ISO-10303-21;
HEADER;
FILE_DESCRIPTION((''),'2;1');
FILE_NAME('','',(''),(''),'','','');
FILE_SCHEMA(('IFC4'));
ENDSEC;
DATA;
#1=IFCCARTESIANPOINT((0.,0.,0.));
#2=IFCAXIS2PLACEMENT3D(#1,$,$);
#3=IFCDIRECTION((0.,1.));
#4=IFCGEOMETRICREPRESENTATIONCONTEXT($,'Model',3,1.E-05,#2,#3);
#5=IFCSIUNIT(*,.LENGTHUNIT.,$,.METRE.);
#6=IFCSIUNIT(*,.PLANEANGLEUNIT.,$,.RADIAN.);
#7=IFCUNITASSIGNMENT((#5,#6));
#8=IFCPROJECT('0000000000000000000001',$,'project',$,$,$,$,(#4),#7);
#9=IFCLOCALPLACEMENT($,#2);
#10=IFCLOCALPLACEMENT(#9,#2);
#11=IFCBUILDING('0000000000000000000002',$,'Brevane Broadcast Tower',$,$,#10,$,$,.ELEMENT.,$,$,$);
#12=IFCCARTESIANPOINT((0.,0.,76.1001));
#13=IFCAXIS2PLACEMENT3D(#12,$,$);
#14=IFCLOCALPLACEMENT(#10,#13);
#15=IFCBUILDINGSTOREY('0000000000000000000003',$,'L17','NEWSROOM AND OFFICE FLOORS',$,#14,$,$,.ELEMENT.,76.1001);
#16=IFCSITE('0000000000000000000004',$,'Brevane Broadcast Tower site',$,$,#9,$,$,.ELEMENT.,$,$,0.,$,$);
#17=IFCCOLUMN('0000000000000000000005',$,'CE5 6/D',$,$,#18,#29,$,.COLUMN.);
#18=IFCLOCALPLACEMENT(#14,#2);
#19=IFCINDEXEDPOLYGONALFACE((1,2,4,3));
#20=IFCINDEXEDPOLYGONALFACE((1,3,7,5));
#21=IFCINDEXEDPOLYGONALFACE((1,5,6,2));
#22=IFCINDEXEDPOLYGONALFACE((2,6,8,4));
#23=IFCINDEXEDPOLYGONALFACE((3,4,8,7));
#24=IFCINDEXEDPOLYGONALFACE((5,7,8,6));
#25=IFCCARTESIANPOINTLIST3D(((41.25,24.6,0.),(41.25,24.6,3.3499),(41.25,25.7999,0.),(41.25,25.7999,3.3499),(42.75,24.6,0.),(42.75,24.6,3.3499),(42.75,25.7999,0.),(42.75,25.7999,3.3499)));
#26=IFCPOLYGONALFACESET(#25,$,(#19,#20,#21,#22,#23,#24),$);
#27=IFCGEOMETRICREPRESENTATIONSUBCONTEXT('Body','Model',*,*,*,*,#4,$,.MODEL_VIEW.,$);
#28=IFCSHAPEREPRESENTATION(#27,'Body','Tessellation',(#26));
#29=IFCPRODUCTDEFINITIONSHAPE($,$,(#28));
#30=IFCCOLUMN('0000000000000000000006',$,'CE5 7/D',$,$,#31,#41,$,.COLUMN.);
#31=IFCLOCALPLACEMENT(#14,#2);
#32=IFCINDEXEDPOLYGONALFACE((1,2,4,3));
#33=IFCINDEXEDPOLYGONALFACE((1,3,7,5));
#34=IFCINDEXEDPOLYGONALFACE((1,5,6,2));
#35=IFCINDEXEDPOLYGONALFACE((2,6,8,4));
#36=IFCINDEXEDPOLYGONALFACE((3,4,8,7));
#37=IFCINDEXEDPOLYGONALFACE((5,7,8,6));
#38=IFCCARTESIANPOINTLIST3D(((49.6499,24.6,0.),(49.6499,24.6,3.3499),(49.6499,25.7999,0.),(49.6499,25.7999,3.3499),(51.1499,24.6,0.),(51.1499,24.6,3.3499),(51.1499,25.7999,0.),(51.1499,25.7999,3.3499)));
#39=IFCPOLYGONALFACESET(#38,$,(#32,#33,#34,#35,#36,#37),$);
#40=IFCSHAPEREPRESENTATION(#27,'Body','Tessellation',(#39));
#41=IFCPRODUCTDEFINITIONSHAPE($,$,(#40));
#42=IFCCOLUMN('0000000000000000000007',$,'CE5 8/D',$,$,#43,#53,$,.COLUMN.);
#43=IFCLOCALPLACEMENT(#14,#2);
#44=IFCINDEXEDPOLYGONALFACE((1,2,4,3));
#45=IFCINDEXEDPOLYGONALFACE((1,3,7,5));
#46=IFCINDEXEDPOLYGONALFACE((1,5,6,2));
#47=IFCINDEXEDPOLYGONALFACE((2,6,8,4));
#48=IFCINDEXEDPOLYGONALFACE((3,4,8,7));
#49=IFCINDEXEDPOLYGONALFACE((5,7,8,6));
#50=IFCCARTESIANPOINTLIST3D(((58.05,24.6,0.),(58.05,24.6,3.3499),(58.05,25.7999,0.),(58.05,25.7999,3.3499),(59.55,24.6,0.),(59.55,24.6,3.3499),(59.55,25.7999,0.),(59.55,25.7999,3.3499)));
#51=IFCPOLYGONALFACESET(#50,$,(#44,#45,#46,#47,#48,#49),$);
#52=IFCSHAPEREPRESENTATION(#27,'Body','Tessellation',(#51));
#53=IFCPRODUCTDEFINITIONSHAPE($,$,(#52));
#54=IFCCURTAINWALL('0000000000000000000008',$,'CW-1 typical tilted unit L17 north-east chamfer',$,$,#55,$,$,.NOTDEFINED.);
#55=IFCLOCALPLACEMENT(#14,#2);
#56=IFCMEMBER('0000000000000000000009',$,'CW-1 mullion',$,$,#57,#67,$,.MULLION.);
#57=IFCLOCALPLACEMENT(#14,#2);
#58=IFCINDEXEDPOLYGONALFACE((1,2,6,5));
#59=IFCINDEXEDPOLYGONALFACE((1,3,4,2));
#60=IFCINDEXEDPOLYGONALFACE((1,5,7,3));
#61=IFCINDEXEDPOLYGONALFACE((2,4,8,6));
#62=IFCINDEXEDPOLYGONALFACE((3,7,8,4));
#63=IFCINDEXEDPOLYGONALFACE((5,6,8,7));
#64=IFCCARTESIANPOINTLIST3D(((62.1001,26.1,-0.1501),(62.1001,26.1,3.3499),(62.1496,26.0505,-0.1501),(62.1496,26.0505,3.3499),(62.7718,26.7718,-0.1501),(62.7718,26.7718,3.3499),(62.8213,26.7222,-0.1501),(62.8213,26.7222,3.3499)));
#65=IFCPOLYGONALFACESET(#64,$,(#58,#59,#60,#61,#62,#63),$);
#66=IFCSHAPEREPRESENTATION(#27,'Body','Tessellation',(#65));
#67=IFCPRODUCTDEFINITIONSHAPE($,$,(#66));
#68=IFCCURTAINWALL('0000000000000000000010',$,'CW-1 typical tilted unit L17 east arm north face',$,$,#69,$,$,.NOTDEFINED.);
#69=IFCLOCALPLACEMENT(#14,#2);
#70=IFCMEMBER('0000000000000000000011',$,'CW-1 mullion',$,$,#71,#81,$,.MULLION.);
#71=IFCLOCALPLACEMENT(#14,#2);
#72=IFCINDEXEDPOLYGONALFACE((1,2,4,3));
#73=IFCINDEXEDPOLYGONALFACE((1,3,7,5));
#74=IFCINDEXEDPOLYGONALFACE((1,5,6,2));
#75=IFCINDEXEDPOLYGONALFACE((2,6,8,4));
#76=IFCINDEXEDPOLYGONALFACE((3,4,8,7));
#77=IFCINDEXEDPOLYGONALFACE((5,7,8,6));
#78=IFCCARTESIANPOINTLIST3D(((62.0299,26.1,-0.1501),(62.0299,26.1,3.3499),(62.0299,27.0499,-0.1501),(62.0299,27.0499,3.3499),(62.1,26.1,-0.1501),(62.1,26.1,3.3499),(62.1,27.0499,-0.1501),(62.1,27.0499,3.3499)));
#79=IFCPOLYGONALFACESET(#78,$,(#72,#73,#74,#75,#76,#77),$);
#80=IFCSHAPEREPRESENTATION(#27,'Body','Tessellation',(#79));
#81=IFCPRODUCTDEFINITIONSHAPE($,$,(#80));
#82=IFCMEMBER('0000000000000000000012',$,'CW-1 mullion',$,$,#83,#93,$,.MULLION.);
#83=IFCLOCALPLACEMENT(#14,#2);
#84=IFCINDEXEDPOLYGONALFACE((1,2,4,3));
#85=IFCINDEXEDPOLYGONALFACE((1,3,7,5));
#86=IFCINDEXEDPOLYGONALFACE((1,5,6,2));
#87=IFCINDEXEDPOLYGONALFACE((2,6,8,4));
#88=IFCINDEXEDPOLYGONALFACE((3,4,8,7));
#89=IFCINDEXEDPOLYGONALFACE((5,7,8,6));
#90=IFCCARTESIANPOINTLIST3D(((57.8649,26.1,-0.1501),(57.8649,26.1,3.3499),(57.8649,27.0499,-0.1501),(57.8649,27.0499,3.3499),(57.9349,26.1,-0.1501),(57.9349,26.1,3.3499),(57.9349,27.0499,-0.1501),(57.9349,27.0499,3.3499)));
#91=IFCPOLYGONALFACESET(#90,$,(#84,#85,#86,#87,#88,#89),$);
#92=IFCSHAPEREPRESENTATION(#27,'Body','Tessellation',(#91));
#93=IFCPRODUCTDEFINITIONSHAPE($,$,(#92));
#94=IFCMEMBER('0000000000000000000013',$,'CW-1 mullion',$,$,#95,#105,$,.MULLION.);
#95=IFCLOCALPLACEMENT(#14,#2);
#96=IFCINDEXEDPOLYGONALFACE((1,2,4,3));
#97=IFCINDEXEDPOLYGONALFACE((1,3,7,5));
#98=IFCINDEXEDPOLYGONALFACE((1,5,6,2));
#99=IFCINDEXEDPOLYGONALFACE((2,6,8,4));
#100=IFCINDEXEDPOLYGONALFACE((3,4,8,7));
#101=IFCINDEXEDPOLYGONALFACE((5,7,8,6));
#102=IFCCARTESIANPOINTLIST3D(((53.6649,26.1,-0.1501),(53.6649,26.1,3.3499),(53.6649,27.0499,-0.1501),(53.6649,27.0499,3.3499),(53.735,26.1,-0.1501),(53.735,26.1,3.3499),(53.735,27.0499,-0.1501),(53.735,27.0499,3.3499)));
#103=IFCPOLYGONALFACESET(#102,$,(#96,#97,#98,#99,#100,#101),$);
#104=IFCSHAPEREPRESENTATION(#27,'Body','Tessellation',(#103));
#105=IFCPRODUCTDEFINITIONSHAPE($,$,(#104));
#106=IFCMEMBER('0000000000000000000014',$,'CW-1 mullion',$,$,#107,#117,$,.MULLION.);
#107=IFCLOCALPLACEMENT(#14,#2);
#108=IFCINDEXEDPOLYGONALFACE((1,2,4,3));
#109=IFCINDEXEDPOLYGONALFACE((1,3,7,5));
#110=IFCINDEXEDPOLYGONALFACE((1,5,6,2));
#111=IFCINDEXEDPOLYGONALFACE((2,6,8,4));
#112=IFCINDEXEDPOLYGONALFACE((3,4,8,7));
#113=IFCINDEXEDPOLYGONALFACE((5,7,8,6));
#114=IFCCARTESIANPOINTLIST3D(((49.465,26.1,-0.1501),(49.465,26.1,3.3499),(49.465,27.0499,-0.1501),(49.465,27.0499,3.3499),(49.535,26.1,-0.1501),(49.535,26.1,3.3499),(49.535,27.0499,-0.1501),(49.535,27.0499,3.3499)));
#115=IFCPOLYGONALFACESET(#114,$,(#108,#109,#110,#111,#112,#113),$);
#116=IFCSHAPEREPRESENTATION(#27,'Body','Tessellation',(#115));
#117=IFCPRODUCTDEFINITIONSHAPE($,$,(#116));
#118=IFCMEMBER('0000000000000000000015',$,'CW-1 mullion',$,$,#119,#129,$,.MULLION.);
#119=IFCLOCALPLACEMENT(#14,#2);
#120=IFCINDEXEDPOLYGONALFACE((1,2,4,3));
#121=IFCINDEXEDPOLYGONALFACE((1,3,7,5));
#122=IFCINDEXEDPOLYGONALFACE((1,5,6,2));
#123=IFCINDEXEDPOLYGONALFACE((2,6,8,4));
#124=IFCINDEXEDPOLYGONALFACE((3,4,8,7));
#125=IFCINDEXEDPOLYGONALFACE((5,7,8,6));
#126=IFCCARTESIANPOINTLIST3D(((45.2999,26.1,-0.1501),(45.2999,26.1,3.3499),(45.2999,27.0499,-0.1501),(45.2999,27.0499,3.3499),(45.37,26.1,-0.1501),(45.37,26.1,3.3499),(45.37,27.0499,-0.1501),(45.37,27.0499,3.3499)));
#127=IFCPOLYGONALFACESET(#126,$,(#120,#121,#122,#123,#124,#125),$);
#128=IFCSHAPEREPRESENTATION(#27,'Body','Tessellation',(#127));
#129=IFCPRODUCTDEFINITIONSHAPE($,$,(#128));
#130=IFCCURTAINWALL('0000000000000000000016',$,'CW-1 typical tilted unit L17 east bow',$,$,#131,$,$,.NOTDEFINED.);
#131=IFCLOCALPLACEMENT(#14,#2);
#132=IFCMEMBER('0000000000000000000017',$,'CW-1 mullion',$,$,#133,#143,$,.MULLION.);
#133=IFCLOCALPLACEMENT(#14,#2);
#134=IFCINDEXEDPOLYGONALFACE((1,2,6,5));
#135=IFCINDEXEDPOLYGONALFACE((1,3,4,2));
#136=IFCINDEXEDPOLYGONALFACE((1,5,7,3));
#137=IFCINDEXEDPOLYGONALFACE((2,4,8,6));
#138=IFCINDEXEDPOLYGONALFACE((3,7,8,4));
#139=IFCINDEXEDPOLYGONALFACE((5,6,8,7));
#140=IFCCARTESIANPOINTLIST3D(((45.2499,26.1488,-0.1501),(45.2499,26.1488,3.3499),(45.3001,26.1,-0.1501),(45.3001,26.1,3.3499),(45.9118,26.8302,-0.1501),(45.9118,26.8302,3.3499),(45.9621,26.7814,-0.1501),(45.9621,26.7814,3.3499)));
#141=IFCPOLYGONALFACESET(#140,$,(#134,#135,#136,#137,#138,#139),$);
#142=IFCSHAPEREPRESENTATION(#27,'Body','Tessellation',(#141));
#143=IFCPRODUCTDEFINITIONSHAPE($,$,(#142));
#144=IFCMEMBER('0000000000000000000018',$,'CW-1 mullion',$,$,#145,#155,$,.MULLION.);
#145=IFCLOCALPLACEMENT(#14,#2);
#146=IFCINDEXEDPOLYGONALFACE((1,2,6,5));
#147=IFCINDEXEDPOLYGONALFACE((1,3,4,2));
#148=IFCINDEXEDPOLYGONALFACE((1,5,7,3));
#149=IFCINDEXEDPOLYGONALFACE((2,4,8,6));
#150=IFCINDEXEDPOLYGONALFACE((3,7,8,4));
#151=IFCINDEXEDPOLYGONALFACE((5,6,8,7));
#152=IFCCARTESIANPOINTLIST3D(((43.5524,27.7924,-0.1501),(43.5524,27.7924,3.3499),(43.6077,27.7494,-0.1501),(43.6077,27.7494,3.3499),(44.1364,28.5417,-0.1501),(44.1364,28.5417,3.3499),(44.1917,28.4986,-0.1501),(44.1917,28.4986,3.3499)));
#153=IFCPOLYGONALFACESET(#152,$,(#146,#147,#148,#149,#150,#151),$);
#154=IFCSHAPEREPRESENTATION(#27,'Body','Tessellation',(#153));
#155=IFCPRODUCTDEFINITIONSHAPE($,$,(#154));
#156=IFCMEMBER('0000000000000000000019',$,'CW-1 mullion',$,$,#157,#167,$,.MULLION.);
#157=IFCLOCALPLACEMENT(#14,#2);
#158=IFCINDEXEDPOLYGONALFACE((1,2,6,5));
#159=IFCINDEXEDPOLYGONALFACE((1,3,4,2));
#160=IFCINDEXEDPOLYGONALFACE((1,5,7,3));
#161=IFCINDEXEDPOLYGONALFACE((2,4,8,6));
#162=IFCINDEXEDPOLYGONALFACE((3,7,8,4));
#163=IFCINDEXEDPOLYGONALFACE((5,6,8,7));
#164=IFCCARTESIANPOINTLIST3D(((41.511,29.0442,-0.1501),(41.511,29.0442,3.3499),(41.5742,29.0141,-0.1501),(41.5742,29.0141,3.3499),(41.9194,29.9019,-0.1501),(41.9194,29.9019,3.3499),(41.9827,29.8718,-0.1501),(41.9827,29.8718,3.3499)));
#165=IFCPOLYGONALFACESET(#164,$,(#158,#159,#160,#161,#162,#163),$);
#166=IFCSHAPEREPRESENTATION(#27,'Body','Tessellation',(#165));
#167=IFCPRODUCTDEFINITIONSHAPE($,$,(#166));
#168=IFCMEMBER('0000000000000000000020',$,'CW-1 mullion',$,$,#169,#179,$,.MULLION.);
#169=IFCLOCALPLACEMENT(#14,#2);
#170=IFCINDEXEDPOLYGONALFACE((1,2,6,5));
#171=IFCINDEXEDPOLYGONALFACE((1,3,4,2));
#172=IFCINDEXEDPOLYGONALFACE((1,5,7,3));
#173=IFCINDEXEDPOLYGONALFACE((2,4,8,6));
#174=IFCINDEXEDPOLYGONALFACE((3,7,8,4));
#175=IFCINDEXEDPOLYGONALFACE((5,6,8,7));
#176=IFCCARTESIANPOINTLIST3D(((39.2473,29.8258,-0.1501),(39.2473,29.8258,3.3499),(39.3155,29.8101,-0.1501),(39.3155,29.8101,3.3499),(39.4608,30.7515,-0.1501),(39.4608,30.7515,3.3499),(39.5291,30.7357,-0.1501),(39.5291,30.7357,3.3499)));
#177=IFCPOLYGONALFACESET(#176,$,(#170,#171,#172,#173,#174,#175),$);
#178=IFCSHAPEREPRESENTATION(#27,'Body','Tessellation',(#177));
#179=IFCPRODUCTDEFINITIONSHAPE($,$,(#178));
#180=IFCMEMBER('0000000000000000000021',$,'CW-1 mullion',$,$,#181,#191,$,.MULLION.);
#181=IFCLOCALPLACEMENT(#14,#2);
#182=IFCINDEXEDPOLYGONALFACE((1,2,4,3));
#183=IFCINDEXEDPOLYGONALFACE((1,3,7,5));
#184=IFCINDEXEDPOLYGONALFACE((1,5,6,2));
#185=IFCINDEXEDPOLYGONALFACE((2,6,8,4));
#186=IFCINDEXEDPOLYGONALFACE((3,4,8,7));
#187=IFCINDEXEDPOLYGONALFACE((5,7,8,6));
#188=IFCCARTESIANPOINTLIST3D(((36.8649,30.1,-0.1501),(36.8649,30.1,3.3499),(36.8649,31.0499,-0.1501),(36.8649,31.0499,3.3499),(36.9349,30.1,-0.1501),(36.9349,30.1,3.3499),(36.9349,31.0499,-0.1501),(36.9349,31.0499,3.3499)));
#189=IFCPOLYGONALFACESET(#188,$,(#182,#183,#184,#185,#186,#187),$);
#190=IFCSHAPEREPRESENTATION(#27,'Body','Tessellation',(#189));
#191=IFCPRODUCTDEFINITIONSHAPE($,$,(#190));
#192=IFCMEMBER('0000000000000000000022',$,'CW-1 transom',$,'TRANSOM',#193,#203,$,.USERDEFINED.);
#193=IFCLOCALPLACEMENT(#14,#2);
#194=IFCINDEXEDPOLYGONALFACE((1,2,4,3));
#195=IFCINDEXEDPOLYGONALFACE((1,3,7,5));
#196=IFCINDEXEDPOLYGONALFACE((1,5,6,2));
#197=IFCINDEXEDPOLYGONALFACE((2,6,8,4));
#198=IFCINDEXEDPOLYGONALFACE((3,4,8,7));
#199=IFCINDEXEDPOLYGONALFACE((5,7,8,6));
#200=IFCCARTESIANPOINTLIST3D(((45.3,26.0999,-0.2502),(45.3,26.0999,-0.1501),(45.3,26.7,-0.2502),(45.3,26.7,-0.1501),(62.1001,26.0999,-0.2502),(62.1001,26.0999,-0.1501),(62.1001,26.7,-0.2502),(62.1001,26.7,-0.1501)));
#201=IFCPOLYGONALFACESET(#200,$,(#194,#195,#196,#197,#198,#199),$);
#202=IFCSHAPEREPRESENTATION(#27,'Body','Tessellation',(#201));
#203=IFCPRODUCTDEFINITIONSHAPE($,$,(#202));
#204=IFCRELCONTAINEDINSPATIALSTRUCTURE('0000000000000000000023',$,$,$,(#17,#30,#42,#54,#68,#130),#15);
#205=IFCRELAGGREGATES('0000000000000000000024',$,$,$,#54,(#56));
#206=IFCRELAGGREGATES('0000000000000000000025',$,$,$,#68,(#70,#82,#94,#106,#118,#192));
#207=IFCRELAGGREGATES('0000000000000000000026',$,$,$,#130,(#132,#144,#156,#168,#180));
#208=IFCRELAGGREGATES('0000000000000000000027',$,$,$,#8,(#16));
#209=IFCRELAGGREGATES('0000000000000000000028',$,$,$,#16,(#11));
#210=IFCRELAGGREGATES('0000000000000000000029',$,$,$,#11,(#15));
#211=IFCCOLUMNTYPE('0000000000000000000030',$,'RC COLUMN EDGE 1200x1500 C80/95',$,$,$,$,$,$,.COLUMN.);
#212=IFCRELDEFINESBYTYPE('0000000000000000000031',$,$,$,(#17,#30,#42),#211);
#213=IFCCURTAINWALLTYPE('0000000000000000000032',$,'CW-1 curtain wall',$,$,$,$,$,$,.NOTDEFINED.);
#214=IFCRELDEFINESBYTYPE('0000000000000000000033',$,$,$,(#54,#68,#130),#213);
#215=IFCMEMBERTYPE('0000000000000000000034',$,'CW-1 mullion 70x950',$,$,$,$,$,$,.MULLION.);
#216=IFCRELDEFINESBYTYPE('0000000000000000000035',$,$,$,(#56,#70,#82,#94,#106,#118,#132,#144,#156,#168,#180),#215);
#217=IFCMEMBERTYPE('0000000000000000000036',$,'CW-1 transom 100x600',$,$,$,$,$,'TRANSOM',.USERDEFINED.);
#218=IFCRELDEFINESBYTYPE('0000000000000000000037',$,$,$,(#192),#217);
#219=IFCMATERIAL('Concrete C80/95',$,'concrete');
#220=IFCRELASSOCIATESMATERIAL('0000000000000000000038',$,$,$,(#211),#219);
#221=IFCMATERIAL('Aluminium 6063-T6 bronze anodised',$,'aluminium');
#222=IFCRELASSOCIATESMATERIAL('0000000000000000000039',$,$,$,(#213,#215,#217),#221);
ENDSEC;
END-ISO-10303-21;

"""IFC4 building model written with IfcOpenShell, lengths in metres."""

from ifc_helpers import new_model, si_unit, direction, frame, origin, origin_2d, place, context, subcontext, project, spatial, rectangle, extrude, material, material_profile, profile_set, type_object, element, aggregate, save


model = new_model("IFC4")

# Units and contexts
model_context = context("Model", 3, precision=1e-05, world=origin(), true_north=direction((0.0, 1.0)))
body_context = subcontext(model_context, "Body", "Model", "MODEL_VIEW")
ifc_project = project(units=[si_unit("LENGTHUNIT", "METRE"), si_unit("PLANEANGLEUNIT", "RADIAN")], contexts=[model_context])

# Site, building, storey
site_placement = place(None, origin())
site = spatial("IfcSite", under=ifc_project, at=site_placement, Name="Brevane Broadcast Tower site", CompositionType="ELEMENT", RefElevation=0.0)
building_placement = place(site_placement, origin())
building = spatial("IfcBuilding", under=site, at=building_placement, Name="Brevane Broadcast Tower", CompositionType="ELEMENT")
storey_placement = place(building_placement, frame((0.0, 0.0, 76.1001)))
storey = spatial("IfcBuildingStorey", under=building, at=storey_placement, Name="L17", Description="NEWSROOM AND OFFICE FLOORS", CompositionType="ELEMENT", Elevation=76.1001)

# Columns
ifc_material_1 = material(Name="Concrete C80/95", Category="concrete")
ifc_material_profile_1 = material_profile(ifc_material_1, rectangle(XDim=1.2, YDim=1.5, at=origin_2d()), Name="RC 1200x1500")
ifc_profile_set_1 = profile_set([ifc_material_profile_1], Name="Concrete C80/95")
column_type = type_object("IfcColumnType", Name="RC COLUMN EDGE 1200x1500 C80/95", PredefinedType="COLUMN", material=ifc_profile_set_1)
for number, where, z_axis, x_axis, name in (
    (1, (42.0, 25.2, 0.0), (0.0, 0.0, 1.0), (0.0, 1.0, 0.0), "CE5 6/D"),
    (2, (50.3999, 25.2, 0.0), (0.0, 0.0, 1.0), (0.0, 1.0, 0.0), "CE5 7/D"),
    (3, (58.8, 25.2, 0.0), (0.0, 0.0, 1.0), (0.0, 1.0, 0.0), "CE5 8/D"),
):
    element("IfcColumn", number, at=place(storey_placement, frame(where, z_axis=z_axis, x_axis=x_axis)), inside=storey, type_object=column_type, Name=name, PredefinedType="COLUMN", context=body_context, shape_type="SweptSolid", body=[
        extrude(rectangle(XDim=1.2, YDim=1.5, at=origin_2d()), origin(), (0.0, 0.0, 1.0), 3.3499),
    ])

# Curtain wall, member
ifc_material_2 = material(Name="Aluminium 6063-T6 bronze anodised", Category="aluminium")
curtain_wall_type = type_object("IfcCurtainWallType", Name="CW-1 curtain wall", PredefinedType="NOTDEFINED", material=ifc_material_2)
curtain_wall_1_placement = place(storey_placement, origin())
curtain_wall_1 = element("IfcCurtainWall", 4, at=curtain_wall_1_placement, inside=storey, type_object=curtain_wall_type, Name="CW-1 typical tilted unit L17 north-east chamfer", PredefinedType="NOTDEFINED")
ifc_material_profile_2 = material_profile(ifc_material_2, rectangle(XDim=0.95, YDim=0.0701, at=origin_2d()), Name="RECT 70x950")
ifc_profile_set_2 = profile_set([ifc_material_profile_2], Name="Aluminium 6063-T6 bronze anodised")
member_type_1 = type_object("IfcMemberType", Name="CW-1 mullion 70x950", PredefinedType="MULLION", material=ifc_profile_set_2)
member_1_placement = place(storey_placement, frame((62.4607, 26.4111, -0.1501), z_axis=(0.0, 0.0, 1.0), x_axis=(-0.707107, -0.707107, 0.0)))
member_1 = element("IfcMember", 5, at=member_1_placement, type_object=member_type_1, Name="CW-1 mullion", PredefinedType="MULLION", context=body_context, shape_type="SweptSolid", body=[
    extrude(rectangle(XDim=0.95, YDim=0.0701, at=origin_2d()), origin(), (0.0, 0.0, 1.0), 3.5),
])
aggregate(curtain_wall_1, [member_1])

# Curtain walls, members
curtain_wall_2_placement = place(storey_placement, origin())
curtain_wall_2 = element("IfcCurtainWall", 6, at=curtain_wall_2_placement, inside=storey, type_object=curtain_wall_type, Name="CW-1 typical tilted unit L17 east arm north face", PredefinedType="NOTDEFINED")
member_2_placement = place(storey_placement, frame((62.0649, 26.575, -0.1501), z_axis=(0.0, 0.0, 1.0), x_axis=(0.0, -1.0, 0.0)))
member_2 = element("IfcMember", 7, at=member_2_placement, type_object=member_type_1, Name="CW-1 mullion", PredefinedType="MULLION", context=body_context, shape_type="SweptSolid", body=[
    extrude(rectangle(XDim=0.95, YDim=0.0701, at=origin_2d()), origin(), (0.0, 0.0, 1.0), 3.5),
])
member_3_placement = place(storey_placement, frame((57.8999, 26.575, -0.1501), z_axis=(0.0, 0.0, 1.0), x_axis=(0.0, -1.0, 0.0)))
member_3 = element("IfcMember", 8, at=member_3_placement, type_object=member_type_1, Name="CW-1 mullion", PredefinedType="MULLION", context=body_context, shape_type="SweptSolid", body=[
    extrude(rectangle(XDim=0.95, YDim=0.0701, at=origin_2d()), origin(), (0.0, 0.0, 1.0), 3.5),
])
member_4_placement = place(storey_placement, frame((53.7, 26.575, -0.1501), z_axis=(0.0, 0.0, 1.0), x_axis=(0.0, -1.0, 0.0)))
member_4 = element("IfcMember", 9, at=member_4_placement, type_object=member_type_1, Name="CW-1 mullion", PredefinedType="MULLION", context=body_context, shape_type="SweptSolid", body=[
    extrude(rectangle(XDim=0.95, YDim=0.0701, at=origin_2d()), origin(), (0.0, 0.0, 1.0), 3.5),
])
member_5_placement = place(storey_placement, frame((49.5, 26.575, -0.1501), z_axis=(0.0, 0.0, 1.0), x_axis=(0.0, -1.0, 0.0)))
member_5 = element("IfcMember", 10, at=member_5_placement, type_object=member_type_1, Name="CW-1 mullion", PredefinedType="MULLION", context=body_context, shape_type="SweptSolid", body=[
    extrude(rectangle(XDim=0.95, YDim=0.0701, at=origin_2d()), origin(), (0.0, 0.0, 1.0), 3.5),
])
member_6_placement = place(storey_placement, frame((45.335, 26.575, -0.1501), z_axis=(0.0, 0.0, 1.0), x_axis=(0.0, -1.0, 0.0)))
member_6 = element("IfcMember", 11, at=member_6_placement, type_object=member_type_1, Name="CW-1 mullion", PredefinedType="MULLION", context=body_context, shape_type="SweptSolid", body=[
    extrude(rectangle(XDim=0.95, YDim=0.0701, at=origin_2d()), origin(), (0.0, 0.0, 1.0), 3.5),
])
curtain_wall_3_placement = place(storey_placement, origin())
curtain_wall_3 = element("IfcCurtainWall", 12, at=curtain_wall_3_placement, inside=storey, type_object=curtain_wall_type, Name="CW-1 typical tilted unit L17 east bow", PredefinedType="NOTDEFINED")
member_7_placement = place(storey_placement, frame((45.606, 26.4651, -0.1501), z_axis=(0.0, 0.0, 1.0), x_axis=(-0.696812, -0.717254, 0.0)))
member_7 = element("IfcMember", 13, at=member_7_placement, type_object=member_type_1, Name="CW-1 mullion", PredefinedType="MULLION", context=body_context, shape_type="SweptSolid", body=[
    extrude(rectangle(XDim=0.95, YDim=0.0701, at=origin_2d()), origin(), (0.0, 0.0, 1.0), 3.5),
])
member_8_placement = place(storey_placement, frame((43.8721, 28.1455, -0.1501), z_axis=(0.0, 0.0, 1.0), x_axis=(-0.61477, -0.788707, 0.0)))
member_8 = element("IfcMember", 14, at=member_8_placement, type_object=member_type_1, Name="CW-1 mullion", PredefinedType="MULLION", context=body_context, shape_type="SweptSolid", body=[
    extrude(rectangle(XDim=0.95, YDim=0.0701, at=origin_2d()), origin(), (0.0, 0.0, 1.0), 3.5),
])
member_9_placement = place(storey_placement, frame((41.7468, 29.458, -0.1501), z_axis=(0.0, 0.0, 1.0), x_axis=(-0.429934, -0.902861, 0.0)))
member_9 = element("IfcMember", 15, at=member_9_placement, type_object=member_type_1, Name="CW-1 mullion", PredefinedType="MULLION", context=body_context, shape_type="SweptSolid", body=[
    extrude(rectangle(XDim=0.95, YDim=0.0701, at=origin_2d()), origin(), (0.0, 0.0, 1.0), 3.5),
])
member_10_placement = place(storey_placement, frame((39.3882, 30.2808, -0.1501), z_axis=(0.0, 0.0, 1.0), x_axis=(-0.224806, -0.974403, 0.0)))
member_10 = element("IfcMember", 16, at=member_10_placement, type_object=member_type_1, Name="CW-1 mullion", PredefinedType="MULLION", context=body_context, shape_type="SweptSolid", body=[
    extrude(rectangle(XDim=0.95, YDim=0.0701, at=origin_2d()), origin(), (0.0, 0.0, 1.0), 3.5),
])
member_11_placement = place(storey_placement, frame((36.8999, 30.575, -0.1501), z_axis=(0.0, 0.0, 1.0), x_axis=(0.0, -1.0, 0.0)))
member_11 = element("IfcMember", 17, at=member_11_placement, type_object=member_type_1, Name="CW-1 mullion", PredefinedType="MULLION", context=body_context, shape_type="SweptSolid", body=[
    extrude(rectangle(XDim=0.95, YDim=0.0701, at=origin_2d()), origin(), (0.0, 0.0, 1.0), 3.5),
])

# Member
ifc_material_profile_3 = material_profile(ifc_material_2, rectangle(XDim=0.6001, YDim=0.1001, at=origin_2d()), Name="RECT 100x600")
ifc_profile_set_3 = profile_set([ifc_material_profile_3], Name="Aluminium 6063-T6 bronze anodised")
member_type_2 = type_object("IfcMemberType", Name="CW-1 transom 100x600", ElementType="TRANSOM", PredefinedType="USERDEFINED", material=ifc_profile_set_3)
member_12_placement = place(storey_placement, frame((62.1001, 26.3999, -0.2002), z_axis=(-1.0, 0.0, 0.0), x_axis=(0.0, -1.0, 0.0)))
member_12 = element("IfcMember", 18, at=member_12_placement, type_object=member_type_2, Name="CW-1 transom", ObjectType="TRANSOM", PredefinedType="USERDEFINED", context=body_context, shape_type="SweptSolid", body=[
    extrude(rectangle(XDim=0.6001, YDim=0.1001, at=origin_2d()), origin(), (0.0, 0.0, 1.0), 16.8),
])
aggregate(curtain_wall_2, [member_2, member_3, member_4, member_5, member_6, member_12])
aggregate(curtain_wall_3, [member_7, member_8, member_9, member_10, member_11])

save(model, "model.ifc")
